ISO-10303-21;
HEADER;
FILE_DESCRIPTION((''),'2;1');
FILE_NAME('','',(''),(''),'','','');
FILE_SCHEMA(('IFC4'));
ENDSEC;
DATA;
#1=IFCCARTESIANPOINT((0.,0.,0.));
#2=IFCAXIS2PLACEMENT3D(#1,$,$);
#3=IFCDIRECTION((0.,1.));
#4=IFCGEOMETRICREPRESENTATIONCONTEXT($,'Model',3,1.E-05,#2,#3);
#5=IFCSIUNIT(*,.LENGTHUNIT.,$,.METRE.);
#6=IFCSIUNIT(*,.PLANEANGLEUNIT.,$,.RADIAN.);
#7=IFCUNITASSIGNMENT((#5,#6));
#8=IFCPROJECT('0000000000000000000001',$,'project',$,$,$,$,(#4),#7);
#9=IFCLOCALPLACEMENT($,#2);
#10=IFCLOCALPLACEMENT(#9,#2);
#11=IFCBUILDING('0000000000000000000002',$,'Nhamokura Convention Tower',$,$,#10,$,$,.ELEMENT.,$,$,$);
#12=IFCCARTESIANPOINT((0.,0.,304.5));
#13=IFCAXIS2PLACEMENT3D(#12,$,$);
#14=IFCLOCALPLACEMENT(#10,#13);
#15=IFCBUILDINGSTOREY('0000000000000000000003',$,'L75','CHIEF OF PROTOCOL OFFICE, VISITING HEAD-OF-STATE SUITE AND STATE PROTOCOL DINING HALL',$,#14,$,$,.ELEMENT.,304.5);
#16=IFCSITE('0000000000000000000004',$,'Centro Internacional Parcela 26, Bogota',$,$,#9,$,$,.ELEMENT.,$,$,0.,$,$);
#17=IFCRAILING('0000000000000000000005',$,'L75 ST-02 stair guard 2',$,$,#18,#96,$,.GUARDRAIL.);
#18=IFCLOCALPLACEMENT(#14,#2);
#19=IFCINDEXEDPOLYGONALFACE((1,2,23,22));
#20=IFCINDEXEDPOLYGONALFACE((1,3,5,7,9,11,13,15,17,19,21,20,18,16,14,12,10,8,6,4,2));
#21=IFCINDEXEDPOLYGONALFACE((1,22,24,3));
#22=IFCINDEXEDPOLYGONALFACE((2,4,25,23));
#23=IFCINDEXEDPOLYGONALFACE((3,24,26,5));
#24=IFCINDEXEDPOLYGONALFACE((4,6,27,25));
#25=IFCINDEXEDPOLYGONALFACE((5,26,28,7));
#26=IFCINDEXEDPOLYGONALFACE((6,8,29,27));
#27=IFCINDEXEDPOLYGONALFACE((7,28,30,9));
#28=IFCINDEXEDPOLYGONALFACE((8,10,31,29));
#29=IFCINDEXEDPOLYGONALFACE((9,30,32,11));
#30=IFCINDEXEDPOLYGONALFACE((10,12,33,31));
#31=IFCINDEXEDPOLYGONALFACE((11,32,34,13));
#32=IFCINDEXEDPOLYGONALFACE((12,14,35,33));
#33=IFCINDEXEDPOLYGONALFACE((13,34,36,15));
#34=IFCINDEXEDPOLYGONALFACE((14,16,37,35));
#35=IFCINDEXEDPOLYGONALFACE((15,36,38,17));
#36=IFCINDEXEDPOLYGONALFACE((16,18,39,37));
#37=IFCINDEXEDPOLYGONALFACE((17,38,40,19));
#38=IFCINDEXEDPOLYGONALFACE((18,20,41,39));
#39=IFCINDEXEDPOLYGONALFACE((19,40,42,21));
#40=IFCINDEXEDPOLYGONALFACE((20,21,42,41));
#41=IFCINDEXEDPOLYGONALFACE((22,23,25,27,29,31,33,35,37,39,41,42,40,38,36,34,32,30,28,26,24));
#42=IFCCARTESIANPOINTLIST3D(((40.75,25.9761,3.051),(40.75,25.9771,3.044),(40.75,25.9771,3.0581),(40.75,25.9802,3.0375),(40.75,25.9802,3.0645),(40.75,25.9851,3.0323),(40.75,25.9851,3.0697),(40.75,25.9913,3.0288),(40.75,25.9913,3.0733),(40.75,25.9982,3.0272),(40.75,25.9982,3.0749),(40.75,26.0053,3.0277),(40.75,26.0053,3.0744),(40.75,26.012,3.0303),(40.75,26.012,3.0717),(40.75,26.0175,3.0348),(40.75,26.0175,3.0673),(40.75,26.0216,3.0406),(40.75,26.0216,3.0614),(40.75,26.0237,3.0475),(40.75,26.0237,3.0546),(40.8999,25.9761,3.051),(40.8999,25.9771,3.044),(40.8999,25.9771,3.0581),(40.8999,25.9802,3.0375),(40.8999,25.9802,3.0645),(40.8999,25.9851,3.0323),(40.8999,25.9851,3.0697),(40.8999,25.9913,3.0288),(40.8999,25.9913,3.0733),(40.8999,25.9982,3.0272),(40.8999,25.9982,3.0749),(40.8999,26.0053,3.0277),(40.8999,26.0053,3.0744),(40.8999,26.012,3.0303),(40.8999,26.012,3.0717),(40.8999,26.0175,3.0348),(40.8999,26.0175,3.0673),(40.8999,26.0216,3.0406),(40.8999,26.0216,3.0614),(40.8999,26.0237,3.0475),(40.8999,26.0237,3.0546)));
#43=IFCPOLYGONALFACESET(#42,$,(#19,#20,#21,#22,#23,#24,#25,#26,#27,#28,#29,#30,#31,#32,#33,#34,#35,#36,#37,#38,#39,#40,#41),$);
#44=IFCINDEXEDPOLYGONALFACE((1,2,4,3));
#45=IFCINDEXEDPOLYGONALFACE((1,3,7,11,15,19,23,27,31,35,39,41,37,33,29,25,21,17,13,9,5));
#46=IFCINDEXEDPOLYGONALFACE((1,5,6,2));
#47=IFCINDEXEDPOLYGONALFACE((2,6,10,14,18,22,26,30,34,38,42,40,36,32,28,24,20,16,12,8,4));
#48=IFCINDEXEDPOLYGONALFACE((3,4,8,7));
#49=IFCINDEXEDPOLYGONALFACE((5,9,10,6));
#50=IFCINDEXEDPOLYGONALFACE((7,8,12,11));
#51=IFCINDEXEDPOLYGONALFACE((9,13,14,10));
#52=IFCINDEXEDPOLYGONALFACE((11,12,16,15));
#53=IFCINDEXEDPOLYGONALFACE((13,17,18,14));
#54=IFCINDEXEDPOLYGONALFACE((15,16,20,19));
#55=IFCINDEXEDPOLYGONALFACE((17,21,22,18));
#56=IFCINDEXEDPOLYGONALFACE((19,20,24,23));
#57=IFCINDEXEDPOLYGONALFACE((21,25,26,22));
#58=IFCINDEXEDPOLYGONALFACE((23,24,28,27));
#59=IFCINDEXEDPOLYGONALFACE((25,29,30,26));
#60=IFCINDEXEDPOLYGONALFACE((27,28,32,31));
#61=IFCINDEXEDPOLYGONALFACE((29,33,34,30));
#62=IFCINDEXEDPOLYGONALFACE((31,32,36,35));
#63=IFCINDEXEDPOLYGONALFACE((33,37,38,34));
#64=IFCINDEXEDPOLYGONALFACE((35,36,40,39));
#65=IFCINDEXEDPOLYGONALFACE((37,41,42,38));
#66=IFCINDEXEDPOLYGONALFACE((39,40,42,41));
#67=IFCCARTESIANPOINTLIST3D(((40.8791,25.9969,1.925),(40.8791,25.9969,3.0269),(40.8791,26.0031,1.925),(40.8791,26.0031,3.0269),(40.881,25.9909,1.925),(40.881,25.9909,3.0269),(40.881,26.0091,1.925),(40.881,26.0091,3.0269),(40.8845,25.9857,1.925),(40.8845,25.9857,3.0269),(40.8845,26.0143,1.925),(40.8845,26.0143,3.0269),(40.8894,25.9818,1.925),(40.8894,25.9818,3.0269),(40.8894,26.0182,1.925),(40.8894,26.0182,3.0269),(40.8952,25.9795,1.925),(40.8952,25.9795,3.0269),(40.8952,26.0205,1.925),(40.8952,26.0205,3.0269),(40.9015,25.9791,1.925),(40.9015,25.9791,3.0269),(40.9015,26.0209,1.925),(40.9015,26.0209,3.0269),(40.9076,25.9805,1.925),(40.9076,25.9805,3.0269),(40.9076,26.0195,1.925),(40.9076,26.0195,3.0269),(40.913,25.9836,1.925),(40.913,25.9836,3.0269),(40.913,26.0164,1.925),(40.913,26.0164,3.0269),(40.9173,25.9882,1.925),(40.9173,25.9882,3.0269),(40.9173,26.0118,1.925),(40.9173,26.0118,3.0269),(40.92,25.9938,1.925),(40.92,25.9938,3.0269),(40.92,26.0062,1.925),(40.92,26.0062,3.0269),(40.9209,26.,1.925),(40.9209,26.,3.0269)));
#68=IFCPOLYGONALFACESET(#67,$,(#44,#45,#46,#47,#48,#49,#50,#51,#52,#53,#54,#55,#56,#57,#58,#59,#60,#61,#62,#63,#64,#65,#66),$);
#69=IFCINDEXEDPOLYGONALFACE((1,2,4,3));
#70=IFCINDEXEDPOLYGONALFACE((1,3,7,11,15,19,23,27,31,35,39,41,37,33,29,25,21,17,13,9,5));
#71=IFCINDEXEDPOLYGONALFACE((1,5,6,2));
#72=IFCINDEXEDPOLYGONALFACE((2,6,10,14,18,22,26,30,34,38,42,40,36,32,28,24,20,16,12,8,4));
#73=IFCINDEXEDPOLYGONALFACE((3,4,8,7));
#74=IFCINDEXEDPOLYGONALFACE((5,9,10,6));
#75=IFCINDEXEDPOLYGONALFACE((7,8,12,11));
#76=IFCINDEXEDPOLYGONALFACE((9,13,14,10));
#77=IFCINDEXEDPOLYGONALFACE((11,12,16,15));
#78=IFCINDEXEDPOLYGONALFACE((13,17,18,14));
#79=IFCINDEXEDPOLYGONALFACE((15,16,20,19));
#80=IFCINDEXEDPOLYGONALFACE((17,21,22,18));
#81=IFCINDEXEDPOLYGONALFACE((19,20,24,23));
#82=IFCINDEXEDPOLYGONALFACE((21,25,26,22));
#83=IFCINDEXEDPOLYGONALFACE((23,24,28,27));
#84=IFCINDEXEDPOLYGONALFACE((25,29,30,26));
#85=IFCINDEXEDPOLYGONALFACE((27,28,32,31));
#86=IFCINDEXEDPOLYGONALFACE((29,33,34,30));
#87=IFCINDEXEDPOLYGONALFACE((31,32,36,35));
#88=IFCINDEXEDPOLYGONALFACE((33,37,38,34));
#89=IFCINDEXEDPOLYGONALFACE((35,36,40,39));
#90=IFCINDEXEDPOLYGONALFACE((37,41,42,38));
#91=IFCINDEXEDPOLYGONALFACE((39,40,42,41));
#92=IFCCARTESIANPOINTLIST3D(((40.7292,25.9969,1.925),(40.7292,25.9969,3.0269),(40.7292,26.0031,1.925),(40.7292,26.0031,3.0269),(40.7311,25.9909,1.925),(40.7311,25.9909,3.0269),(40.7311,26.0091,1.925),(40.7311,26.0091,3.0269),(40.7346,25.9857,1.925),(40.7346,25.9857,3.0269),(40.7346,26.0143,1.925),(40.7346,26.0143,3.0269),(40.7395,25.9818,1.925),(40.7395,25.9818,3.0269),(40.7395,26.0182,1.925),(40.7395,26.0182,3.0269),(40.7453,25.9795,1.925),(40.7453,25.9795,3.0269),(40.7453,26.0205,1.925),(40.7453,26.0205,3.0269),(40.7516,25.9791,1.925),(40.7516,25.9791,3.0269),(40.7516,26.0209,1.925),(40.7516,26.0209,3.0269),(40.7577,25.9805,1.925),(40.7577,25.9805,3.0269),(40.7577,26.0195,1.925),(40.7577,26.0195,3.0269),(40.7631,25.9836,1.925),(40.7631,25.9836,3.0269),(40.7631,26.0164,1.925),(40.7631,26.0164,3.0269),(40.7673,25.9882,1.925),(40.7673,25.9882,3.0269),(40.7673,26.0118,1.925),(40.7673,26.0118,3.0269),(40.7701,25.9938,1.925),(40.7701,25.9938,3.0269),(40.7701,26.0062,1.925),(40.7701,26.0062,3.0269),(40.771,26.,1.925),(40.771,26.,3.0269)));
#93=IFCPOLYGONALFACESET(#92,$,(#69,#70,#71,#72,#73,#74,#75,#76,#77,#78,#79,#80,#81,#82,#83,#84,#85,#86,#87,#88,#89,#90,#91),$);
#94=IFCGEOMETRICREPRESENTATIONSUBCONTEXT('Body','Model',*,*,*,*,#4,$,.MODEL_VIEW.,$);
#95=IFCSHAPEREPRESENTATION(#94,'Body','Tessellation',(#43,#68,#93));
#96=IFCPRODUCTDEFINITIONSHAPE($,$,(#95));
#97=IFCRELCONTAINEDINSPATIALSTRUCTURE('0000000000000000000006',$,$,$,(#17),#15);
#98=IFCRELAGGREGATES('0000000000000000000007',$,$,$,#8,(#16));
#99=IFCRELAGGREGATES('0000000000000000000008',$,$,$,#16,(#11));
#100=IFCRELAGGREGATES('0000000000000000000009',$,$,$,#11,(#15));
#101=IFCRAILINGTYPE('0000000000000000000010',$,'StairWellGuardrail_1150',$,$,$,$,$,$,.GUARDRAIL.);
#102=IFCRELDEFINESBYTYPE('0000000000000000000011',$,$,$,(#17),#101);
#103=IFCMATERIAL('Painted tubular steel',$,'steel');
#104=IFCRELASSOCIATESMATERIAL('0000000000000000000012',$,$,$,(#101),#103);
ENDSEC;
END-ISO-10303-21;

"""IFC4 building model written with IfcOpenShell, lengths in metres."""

from ifc_helpers import new_model, si_unit, direction, frame, origin, origin_2d, place, context, subcontext, project, spatial, circle, extrude, material, type_object, element, save


model = new_model("IFC4")

# Units and contexts
model_context = context("Model", 3, precision=1e-05, world=origin(), true_north=direction((0.0, 1.0)))
body_context = subcontext(model_context, "Body", "Model", "MODEL_VIEW")
ifc_project = project(units=[si_unit("LENGTHUNIT", "METRE"), si_unit("PLANEANGLEUNIT", "RADIAN")], contexts=[model_context])

# Site, building, storey
site_placement = place(None, origin())
site = spatial("IfcSite", under=ifc_project, at=site_placement, Name="Centro Internacional Parcela 26, Bogota", CompositionType="ELEMENT", RefElevation=0.0)
building_placement = place(site_placement, origin())
building = spatial("IfcBuilding", under=site, at=building_placement, Name="Nhamokura Convention Tower", CompositionType="ELEMENT")
storey_placement = place(building_placement, frame((0.0, 0.0, 304.5)))
storey = spatial("IfcBuildingStorey", under=building, at=storey_placement, Name="L75", Description="CHIEF OF PROTOCOL OFFICE, VISITING HEAD-OF-STATE SUITE AND STATE PROTOCOL DINING HALL", CompositionType="ELEMENT", Elevation=304.5)

# Railing
ifc_material_1 = material(Name="Painted tubular steel", Category="steel")
railing_type_1 = type_object("IfcRailingType", Name="StairWellGuardrail_1150", PredefinedType="GUARDRAIL", material=ifc_material_1)
railing_1_placement = place(storey_placement, frame((40.8999, 26.0, 1.925)))
element("IfcRailing", 1, at=railing_1_placement, inside=storey, type_object=railing_type_1, Name="L75 ST-02 stair guard 2", PredefinedType="GUARDRAIL", context=body_context, shape_type="SweptSolid", body=[
    extrude(circle(Radius=0.0239, at=origin_2d()), frame((0.0, 0.0, 1.126), z_axis=(-1.0, 0.0, 0.0), x_axis=(0.0, -1.0, 0.0)), (0.0, 0.0, 1.0), 0.1499),
    extrude(circle(Radius=0.021, at=origin_2d()), origin(), (0.0, 0.0, 1.0), 1.1018),
    extrude(circle(Radius=0.021, at=origin_2d()), frame((-0.1499, 0.0, 0.0)), (0.0, 0.0, 1.0), 1.1018),
])

save(model, "model.ifc")
